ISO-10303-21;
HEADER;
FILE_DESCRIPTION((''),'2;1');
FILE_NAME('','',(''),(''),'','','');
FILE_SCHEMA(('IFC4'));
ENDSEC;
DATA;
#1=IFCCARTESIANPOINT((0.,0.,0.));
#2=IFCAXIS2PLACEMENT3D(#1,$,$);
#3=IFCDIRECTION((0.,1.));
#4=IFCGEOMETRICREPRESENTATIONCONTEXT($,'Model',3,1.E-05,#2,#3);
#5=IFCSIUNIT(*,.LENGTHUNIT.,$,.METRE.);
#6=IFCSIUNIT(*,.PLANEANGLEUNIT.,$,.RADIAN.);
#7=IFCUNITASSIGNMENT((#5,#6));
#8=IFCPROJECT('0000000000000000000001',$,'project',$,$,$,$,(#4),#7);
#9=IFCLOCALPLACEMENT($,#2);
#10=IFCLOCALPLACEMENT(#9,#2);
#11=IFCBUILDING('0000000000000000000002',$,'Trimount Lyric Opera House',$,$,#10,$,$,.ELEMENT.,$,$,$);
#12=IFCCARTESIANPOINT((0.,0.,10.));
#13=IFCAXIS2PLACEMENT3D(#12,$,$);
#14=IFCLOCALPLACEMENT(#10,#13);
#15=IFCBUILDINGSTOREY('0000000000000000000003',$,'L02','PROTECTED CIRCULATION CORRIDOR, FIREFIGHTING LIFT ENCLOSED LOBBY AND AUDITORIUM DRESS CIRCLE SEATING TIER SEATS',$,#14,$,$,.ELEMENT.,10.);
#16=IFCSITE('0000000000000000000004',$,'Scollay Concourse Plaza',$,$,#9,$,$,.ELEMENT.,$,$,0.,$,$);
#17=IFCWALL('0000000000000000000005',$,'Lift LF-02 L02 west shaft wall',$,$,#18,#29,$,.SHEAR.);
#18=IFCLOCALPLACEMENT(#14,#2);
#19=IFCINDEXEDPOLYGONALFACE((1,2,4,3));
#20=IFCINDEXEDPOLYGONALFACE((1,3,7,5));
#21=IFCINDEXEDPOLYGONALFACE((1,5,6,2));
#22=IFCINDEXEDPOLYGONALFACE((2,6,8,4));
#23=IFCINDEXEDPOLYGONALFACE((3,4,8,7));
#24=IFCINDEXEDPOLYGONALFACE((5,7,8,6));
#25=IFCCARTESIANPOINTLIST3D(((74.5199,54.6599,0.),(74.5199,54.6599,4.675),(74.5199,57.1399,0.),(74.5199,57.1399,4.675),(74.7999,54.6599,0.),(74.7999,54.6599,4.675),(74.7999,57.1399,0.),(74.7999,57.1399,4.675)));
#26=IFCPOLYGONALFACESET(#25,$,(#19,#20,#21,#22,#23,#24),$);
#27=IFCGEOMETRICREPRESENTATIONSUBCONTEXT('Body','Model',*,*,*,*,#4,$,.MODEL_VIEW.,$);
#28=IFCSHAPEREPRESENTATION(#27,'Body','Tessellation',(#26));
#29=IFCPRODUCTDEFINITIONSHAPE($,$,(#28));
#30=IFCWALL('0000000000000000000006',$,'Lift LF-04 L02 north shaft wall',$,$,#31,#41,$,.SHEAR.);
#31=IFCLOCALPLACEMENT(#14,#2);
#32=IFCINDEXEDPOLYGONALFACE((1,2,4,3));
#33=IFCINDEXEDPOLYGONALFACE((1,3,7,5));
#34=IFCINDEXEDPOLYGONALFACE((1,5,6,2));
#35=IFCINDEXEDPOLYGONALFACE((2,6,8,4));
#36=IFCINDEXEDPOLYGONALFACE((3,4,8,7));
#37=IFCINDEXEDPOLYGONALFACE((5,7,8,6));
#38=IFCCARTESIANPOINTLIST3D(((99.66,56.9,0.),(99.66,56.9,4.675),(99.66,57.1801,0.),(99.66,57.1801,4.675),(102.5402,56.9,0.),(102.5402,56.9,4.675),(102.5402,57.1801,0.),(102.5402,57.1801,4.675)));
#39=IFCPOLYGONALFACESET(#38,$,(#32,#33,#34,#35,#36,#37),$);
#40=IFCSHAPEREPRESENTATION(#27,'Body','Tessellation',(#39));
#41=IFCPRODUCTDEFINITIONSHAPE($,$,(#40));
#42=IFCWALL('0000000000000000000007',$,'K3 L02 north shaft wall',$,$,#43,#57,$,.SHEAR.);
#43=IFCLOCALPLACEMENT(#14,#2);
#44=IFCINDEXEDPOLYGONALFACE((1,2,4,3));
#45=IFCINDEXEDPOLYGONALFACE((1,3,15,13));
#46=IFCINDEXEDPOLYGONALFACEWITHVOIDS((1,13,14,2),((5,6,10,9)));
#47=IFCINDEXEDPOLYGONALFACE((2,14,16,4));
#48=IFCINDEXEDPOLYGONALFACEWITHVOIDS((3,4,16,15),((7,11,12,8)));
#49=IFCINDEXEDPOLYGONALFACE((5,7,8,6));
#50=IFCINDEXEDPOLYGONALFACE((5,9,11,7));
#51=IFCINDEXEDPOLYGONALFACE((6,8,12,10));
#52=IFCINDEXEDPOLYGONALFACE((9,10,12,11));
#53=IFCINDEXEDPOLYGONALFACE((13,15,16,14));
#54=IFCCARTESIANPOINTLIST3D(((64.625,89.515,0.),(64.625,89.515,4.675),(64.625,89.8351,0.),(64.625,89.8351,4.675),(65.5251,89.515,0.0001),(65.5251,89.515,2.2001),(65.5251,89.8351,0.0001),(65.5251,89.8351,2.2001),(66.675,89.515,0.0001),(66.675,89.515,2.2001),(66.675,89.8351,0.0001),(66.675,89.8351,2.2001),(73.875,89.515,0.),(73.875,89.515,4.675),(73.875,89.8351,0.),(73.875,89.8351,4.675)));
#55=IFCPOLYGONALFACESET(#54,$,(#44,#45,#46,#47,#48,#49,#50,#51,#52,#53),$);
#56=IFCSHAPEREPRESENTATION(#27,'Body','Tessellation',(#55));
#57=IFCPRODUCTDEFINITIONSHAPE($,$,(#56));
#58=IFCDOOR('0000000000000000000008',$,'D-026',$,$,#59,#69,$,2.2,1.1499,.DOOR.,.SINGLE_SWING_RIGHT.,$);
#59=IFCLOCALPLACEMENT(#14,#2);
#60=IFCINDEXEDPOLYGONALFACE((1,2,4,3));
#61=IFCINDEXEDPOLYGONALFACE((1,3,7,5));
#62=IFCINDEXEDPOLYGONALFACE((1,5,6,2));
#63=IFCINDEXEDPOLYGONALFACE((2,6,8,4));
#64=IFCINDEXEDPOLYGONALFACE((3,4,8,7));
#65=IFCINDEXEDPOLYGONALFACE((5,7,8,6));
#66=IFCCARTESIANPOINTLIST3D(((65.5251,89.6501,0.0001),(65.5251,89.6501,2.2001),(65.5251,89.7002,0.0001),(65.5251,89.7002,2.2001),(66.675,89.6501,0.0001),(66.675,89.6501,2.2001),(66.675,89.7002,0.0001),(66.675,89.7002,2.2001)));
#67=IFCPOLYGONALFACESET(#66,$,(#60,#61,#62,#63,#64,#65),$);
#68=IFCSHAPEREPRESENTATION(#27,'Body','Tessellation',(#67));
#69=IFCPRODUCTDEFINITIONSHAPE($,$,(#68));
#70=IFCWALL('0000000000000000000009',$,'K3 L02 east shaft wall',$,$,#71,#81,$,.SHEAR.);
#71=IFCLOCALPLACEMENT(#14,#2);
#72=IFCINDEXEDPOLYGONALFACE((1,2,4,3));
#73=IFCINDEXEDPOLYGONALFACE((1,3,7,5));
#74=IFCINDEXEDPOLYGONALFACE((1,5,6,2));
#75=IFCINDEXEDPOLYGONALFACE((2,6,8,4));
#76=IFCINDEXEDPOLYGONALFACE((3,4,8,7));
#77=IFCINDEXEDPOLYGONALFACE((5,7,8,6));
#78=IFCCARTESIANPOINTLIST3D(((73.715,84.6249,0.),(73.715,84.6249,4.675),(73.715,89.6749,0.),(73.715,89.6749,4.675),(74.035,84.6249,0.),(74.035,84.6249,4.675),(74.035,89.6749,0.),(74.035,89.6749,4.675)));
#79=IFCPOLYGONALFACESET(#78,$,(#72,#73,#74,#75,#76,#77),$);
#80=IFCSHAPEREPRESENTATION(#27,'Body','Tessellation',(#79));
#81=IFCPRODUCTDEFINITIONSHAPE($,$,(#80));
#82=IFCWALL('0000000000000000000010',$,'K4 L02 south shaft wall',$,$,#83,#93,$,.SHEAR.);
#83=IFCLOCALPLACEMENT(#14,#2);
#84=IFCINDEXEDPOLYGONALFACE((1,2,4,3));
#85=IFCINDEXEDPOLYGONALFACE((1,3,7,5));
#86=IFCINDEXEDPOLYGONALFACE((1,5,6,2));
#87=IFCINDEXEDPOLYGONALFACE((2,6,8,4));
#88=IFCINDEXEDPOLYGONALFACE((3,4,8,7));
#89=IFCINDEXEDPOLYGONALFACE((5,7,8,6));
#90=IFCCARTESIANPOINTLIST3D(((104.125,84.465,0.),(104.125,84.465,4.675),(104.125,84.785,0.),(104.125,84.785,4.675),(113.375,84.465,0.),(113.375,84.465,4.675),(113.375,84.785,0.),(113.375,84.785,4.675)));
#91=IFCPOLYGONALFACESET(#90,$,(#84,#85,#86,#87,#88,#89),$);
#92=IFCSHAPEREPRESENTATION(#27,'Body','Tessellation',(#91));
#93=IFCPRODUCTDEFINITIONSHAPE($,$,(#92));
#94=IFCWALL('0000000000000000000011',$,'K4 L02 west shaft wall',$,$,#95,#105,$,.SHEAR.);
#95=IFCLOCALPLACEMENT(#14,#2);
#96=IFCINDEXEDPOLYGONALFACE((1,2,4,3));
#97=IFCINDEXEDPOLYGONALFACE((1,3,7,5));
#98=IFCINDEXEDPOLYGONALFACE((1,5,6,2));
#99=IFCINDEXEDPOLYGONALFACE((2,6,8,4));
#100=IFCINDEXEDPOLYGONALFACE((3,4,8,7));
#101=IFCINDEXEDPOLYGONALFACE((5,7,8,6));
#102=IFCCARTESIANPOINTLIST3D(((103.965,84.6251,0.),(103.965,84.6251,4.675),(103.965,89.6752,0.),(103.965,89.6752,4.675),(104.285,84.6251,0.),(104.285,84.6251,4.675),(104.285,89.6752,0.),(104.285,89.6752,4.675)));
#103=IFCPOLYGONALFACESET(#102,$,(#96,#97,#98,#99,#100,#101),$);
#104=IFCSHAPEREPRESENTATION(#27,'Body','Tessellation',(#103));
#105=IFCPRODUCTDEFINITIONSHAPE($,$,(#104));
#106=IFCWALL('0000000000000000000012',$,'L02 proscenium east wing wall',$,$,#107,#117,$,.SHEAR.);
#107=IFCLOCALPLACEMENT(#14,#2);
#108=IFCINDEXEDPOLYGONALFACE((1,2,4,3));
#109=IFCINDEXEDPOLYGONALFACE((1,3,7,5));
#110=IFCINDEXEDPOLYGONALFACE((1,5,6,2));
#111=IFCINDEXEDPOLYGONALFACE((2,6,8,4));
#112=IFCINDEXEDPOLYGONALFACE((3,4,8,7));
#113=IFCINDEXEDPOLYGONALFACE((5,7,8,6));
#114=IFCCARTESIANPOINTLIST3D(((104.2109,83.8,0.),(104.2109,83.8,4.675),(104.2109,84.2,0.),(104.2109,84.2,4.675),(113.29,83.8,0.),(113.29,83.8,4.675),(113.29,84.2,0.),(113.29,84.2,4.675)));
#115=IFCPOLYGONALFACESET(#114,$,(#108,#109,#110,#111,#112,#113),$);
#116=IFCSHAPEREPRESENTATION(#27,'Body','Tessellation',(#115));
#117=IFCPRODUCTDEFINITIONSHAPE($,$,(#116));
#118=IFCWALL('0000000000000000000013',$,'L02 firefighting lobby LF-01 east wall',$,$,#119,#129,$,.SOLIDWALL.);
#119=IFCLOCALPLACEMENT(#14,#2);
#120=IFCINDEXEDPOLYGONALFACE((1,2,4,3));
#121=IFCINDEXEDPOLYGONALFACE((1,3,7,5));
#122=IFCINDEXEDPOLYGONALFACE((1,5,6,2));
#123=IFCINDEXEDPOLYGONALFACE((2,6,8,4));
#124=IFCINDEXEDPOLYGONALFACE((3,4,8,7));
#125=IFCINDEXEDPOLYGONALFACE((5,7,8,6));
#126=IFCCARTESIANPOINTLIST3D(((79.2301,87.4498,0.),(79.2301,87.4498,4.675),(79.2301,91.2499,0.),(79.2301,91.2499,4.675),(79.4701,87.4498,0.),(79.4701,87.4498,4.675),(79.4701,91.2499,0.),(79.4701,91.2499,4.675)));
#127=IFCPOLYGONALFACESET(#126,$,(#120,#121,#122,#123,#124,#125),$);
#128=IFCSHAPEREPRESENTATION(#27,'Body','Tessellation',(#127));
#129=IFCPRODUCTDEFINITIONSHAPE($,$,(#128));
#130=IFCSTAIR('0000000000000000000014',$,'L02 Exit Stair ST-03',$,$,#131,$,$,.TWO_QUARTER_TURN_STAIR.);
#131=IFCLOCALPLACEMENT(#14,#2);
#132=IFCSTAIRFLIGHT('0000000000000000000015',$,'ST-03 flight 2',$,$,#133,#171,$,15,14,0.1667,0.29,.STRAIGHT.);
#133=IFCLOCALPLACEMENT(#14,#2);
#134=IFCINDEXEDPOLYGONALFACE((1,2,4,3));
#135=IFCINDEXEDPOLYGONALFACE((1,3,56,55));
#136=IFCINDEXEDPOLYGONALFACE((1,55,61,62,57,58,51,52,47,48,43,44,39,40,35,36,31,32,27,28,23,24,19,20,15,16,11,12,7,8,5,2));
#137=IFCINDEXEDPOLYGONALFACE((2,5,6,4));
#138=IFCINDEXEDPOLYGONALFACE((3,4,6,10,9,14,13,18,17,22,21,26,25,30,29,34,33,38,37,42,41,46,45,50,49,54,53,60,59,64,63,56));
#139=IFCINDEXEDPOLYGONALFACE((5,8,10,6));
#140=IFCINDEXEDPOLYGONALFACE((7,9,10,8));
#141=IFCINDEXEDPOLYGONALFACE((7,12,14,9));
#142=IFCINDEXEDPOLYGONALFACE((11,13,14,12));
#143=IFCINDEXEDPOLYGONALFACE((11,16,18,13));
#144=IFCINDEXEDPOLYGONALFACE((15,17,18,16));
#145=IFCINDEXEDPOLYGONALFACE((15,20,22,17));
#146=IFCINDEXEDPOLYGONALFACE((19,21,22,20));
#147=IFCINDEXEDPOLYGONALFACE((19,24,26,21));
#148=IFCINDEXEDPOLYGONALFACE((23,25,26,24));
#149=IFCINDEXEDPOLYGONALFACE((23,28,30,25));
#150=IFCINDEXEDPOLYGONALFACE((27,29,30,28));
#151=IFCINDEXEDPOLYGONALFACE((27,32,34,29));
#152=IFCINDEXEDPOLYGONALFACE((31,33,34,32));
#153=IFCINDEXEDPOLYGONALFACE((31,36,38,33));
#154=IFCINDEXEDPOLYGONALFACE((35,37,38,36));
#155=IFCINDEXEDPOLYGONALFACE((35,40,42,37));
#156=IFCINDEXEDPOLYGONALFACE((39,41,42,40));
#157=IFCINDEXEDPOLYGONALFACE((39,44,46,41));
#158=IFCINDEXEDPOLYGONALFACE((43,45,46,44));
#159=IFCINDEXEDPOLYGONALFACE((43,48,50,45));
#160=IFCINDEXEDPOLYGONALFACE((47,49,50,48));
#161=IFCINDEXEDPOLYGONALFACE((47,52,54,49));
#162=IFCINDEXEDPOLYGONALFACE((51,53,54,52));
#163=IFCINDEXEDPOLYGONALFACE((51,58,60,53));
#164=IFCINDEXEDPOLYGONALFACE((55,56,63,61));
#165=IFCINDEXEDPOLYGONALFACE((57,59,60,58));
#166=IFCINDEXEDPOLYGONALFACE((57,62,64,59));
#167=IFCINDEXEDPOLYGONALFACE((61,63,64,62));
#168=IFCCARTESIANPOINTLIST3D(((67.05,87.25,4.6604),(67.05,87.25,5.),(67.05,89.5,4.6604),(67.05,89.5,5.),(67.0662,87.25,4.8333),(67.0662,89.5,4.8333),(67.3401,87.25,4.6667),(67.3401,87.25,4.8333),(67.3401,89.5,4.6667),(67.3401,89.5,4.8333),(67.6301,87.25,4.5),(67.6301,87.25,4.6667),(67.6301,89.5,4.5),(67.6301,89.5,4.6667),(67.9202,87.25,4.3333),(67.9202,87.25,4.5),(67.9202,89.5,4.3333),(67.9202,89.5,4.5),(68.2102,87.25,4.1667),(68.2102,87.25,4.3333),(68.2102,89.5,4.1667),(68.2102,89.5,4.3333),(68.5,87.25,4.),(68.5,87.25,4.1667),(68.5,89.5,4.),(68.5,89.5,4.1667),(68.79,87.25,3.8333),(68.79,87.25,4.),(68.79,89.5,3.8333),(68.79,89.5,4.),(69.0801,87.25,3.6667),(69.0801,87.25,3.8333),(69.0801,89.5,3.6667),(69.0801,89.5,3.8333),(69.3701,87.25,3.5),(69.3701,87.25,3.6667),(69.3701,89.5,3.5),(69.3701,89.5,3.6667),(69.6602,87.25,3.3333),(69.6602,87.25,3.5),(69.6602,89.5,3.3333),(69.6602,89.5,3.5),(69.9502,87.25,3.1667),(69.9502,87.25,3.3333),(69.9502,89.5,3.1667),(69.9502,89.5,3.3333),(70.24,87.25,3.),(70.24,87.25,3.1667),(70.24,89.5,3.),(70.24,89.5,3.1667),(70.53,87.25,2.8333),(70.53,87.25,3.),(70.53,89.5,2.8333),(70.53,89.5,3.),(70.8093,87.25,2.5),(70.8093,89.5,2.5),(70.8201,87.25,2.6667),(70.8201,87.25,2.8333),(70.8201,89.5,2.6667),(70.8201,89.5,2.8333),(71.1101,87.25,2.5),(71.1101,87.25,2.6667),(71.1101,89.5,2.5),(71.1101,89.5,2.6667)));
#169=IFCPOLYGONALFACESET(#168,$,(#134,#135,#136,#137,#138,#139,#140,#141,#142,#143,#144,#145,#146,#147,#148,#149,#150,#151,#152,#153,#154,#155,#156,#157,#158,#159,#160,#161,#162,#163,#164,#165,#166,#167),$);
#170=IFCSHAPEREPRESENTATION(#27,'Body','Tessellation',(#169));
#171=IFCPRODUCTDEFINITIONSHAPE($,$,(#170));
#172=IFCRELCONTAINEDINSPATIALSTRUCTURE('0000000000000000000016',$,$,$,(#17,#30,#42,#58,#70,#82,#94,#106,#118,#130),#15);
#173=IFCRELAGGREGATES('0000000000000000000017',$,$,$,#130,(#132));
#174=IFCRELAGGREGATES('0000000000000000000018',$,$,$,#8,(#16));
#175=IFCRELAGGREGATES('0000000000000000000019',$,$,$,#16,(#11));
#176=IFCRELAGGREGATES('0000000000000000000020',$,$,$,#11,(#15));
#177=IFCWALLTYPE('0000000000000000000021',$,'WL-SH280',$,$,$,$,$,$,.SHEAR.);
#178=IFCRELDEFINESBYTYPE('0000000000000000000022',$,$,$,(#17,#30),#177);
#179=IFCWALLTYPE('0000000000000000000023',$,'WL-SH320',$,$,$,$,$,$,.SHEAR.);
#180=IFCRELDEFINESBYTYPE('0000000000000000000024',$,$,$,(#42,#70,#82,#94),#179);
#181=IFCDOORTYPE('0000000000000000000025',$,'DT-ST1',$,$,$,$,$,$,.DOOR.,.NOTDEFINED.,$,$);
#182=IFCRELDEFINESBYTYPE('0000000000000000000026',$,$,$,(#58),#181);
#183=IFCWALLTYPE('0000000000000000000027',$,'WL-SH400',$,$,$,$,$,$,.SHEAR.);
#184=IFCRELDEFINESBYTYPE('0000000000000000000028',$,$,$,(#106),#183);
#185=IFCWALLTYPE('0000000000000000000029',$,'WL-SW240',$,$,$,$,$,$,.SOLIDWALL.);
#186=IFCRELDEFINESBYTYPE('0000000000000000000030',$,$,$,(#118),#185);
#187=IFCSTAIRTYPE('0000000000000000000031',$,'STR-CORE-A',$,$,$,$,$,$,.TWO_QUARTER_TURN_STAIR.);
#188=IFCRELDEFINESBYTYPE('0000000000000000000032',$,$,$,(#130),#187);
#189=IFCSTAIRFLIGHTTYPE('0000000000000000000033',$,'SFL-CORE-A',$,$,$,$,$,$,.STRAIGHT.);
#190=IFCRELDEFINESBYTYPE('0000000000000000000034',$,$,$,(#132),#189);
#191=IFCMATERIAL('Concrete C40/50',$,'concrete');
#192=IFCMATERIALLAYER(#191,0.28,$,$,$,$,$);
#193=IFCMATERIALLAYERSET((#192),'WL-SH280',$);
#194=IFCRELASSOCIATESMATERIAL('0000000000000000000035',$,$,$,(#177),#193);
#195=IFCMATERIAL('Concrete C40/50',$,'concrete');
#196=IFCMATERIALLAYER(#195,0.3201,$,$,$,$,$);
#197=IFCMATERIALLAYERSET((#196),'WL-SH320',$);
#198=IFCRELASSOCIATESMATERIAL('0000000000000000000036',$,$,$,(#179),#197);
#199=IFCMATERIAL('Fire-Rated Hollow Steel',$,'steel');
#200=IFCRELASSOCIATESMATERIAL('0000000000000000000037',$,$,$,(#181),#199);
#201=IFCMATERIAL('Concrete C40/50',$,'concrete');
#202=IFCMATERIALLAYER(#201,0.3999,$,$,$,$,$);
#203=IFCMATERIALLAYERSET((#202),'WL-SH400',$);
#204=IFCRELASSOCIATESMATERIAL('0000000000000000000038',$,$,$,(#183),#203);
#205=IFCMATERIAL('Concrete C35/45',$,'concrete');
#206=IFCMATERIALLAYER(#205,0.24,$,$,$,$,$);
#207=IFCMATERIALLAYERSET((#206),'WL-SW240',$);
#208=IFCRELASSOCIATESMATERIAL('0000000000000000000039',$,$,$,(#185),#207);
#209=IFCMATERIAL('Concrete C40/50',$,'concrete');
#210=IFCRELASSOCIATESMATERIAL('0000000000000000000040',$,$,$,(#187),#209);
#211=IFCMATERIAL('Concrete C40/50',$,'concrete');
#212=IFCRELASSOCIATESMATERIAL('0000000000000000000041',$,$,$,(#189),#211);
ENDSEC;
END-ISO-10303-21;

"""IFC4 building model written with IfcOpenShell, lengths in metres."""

from ifc_helpers import new_model, si_unit, direction, frame, frame_2d, origin, place, context, subcontext, project, spatial, polyline, rectangle, outline, extrude, material, layer, layer_set, type_object, element, fill, aggregate, save


model = new_model("IFC4")

# Units and contexts
model_context = context("Model", 3, precision=1e-05, world=origin(), true_north=direction((0.0, 1.0)))
body_context = subcontext(model_context, "Body", "Model", "MODEL_VIEW")
ifc_project = project(units=[si_unit("LENGTHUNIT", "METRE"), si_unit("PLANEANGLEUNIT", "RADIAN")], contexts=[model_context])

# Site, building, storey
site_placement = place(None, origin())
site = spatial("IfcSite", under=ifc_project, at=site_placement, Name="Scollay Concourse Plaza", CompositionType="ELEMENT", RefElevation=0.0)
building_placement = place(site_placement, origin())
building = spatial("IfcBuilding", under=site, at=building_placement, Name="Trimount Lyric Opera House", CompositionType="ELEMENT")
storey_placement = place(building_placement, frame((0.0, 0.0, 10.0)))
storey = spatial("IfcBuildingStorey", under=building, at=storey_placement, Name="L02", Description="PROTECTED CIRCULATION CORRIDOR, FIREFIGHTING LIFT ENCLOSED LOBBY AND AUDITORIUM DRESS CIRCLE SEATING TIER SEATS", CompositionType="ELEMENT", Elevation=10.0)

# Shared definitions
ifc_material_1 = material(Name="Concrete C40/50", Category="concrete")
ifc_layer_1 = layer(ifc_material_1, 0.28)
ifc_layer_set_1 = layer_set([ifc_layer_1], Name="WL-SH280")
wall_type_1 = type_object("IfcWallType", Name="WL-SH280", PredefinedType="SHEAR", material=ifc_layer_set_1)

# Walls
wall_1_placement = place(storey_placement, frame((74.6599, 57.1399, 0.0), z_axis=(0.0, 0.0, 1.0), x_axis=(0.0, -1.0, 0.0)))
element("IfcWall", 1, at=wall_1_placement, inside=storey, type_object=wall_type_1, Name="Lift LF-02 L02 west shaft wall", PredefinedType="SHEAR", context=body_context, shape_type="SweptSolid", body=[
    extrude(rectangle(XDim=2.48, YDim=0.28, at=frame_2d((1.24, 0.0))), origin(), (0.0, 0.0, 1.0), 4.675),
])
wall_2_placement = place(storey_placement, frame((102.54, 57.04, 0.0), z_axis=(0.0, 0.0, 1.0), x_axis=(-1.0, 0.0, 0.0)))
element("IfcWall", 2, at=wall_2_placement, inside=storey, type_object=wall_type_1, Name="Lift LF-04 L02 north shaft wall", PredefinedType="SHEAR", context=body_context, shape_type="SweptSolid", body=[
    extrude(rectangle(XDim=2.8801, YDim=0.28, at=frame_2d((1.4399, 0.0))), origin(), (0.0, 0.0, 1.0), 4.675),
])

# Wall, opening, door
ifc_material_2 = material(Name="Concrete C40/50", Category="concrete")
ifc_layer_2 = layer(ifc_material_2, 0.3201)
ifc_layer_set_2 = layer_set([ifc_layer_2], Name="WL-SH320")
wall_type_2 = type_object("IfcWallType", Name="WL-SH320", PredefinedType="SHEAR", material=ifc_layer_set_2)
wall_3_placement = place(storey_placement, frame((73.875, 89.675, 0.0), z_axis=(0.0, 0.0, 1.0), x_axis=(-1.0, 0.0, 0.0)))
wall_3 = element("IfcWall", 3, at=wall_3_placement, inside=storey, type_object=wall_type_2, Name="K3 L02 north shaft wall", PredefinedType="SHEAR", context=body_context, shape_type="SweptSolid", body=[
    extrude(rectangle(XDim=9.25, YDim=0.3201, at=frame_2d((4.625, 0.0))), origin(), (0.0, 0.0, 1.0), 4.675),
])
opening_1_placement = place(wall_3_placement, frame((7.2, 0.0, 0.0)))
opening_1 = element("IfcOpeningElement", 4, at=opening_1_placement, cuts=wall_3, PredefinedType="OPENING", context=body_context, shape_type="SweptSolid", body=[
    extrude(rectangle(XDim=1.1499, YDim=2.2, at=frame_2d((0.575, 1.1001))), frame((0.0, 0.1699, 0.0), z_axis=(0.0, -1.0, 0.0), x_axis=(1.0, 0.0, 0.0)), (0.0, 0.0, 1.0), 0.3401),
])
ifc_material_3 = material(Name="Fire-Rated Hollow Steel", Category="steel")
door_type_1 = type_object("IfcDoorType", Name="DT-ST1", OperationType="NOTDEFINED", PredefinedType="DOOR", material=ifc_material_3)
door_1_placement = place(opening_1_placement, origin())
door_1 = element("IfcDoor", 5, at=door_1_placement, inside=storey, type_object=door_type_1, Name="D-026", OperationType="SINGLE_SWING_RIGHT", OverallHeight=2.2, OverallWidth=1.1499, PredefinedType="DOOR", context=body_context, shape_type="SweptSolid", body=[
    extrude(rectangle(XDim=1.1499, YDim=2.2, at=frame_2d((0.575, 1.1001))), frame((0.0, 0.0249, 0.0), z_axis=(0.0, -1.0, 0.0), x_axis=(1.0, 0.0, 0.0)), (0.0, 0.0, 1.0), 0.05),
])
fill(opening_1, door_1)

# Walls
wall_4_placement = place(storey_placement, frame((73.875, 84.625, 0.0), z_axis=(0.0, 0.0, 1.0), x_axis=(0.0, 1.0, 0.0)))
element("IfcWall", 6, at=wall_4_placement, inside=storey, type_object=wall_type_2, Name="K3 L02 east shaft wall", PredefinedType="SHEAR", context=body_context, shape_type="SweptSolid", body=[
    extrude(rectangle(XDim=5.05, YDim=0.3201, at=frame_2d((2.5249, 0.0))), origin(), (0.0, 0.0, 1.0), 4.675),
])
wall_5_placement = place(storey_placement, frame((104.125, 84.625, 0.0), z_axis=(0.0, 0.0, 1.0), x_axis=(1.0, 0.0, 0.0)))
element("IfcWall", 7, at=wall_5_placement, inside=storey, type_object=wall_type_2, Name="K4 L02 south shaft wall", PredefinedType="SHEAR", context=body_context, shape_type="SweptSolid", body=[
    extrude(rectangle(XDim=9.25, YDim=0.3201, at=frame_2d((4.625, 0.0))), origin(), (0.0, 0.0, 1.0), 4.675),
])
wall_6_placement = place(storey_placement, frame((104.125, 89.675, 0.0), z_axis=(0.0, 0.0, 1.0), x_axis=(0.0, -1.0, 0.0)))
element("IfcWall", 8, at=wall_6_placement, inside=storey, type_object=wall_type_2, Name="K4 L02 west shaft wall", PredefinedType="SHEAR", context=body_context, shape_type="SweptSolid", body=[
    extrude(rectangle(XDim=5.05, YDim=0.3201, at=frame_2d((2.5249, 0.0))), origin(), (0.0, 0.0, 1.0), 4.675),
])
ifc_material_4 = material(Name="Concrete C40/50", Category="concrete")
ifc_layer_3 = layer(ifc_material_4, 0.3999)
ifc_layer_set_3 = layer_set([ifc_layer_3], Name="WL-SH400")
wall_type_3 = type_object("IfcWallType", Name="WL-SH400", PredefinedType="SHEAR", material=ifc_layer_set_3)
wall_7_placement = place(storey_placement, frame((104.2109, 84.0, 0.0), z_axis=(0.0, 0.0, 1.0), x_axis=(1.0, 0.0, 0.0)))
element("IfcWall", 9, at=wall_7_placement, inside=storey, type_object=wall_type_3, Name="L02 proscenium east wing wall", PredefinedType="SHEAR", context=body_context, shape_type="SweptSolid", body=[
    extrude(rectangle(XDim=9.0791, YDim=0.3999, at=frame_2d((4.5396, 0.0))), origin(), (0.0, 0.0, 1.0), 4.675),
])
ifc_material_5 = material(Name="Concrete C35/45", Category="concrete")
ifc_layer_4 = layer(ifc_material_5, 0.24)
ifc_layer_set_4 = layer_set([ifc_layer_4], Name="WL-SW240")
wall_type_4 = type_object("IfcWallType", Name="WL-SW240", PredefinedType="SOLIDWALL", material=ifc_layer_set_4)
wall_8_placement = place(storey_placement, frame((79.3501, 87.45, 0.0), z_axis=(0.0, 0.0, 1.0), x_axis=(0.0, 1.0, 0.0)))
element("IfcWall", 10, at=wall_8_placement, inside=storey, type_object=wall_type_4, Name="L02 firefighting lobby LF-01 east wall", PredefinedType="SOLIDWALL", context=body_context, shape_type="SweptSolid", body=[
    extrude(rectangle(XDim=3.8, YDim=0.24, at=frame_2d((1.8999, 0.0))), origin(), (0.0, 0.0, 1.0), 4.675),
])

# Stair, stair flight
ifc_material_6 = material(Name="Concrete C40/50", Category="concrete")
stair_type = type_object("IfcStairType", Name="STR-CORE-A", PredefinedType="TWO_QUARTER_TURN_STAIR", material=ifc_material_6)
stair_placement = place(storey_placement, origin())
stair = element("IfcStair", 11, at=stair_placement, inside=storey, type_object=stair_type, Name="L02 Exit Stair ST-03", PredefinedType="TWO_QUARTER_TURN_STAIR")
ifc_material_7 = material(Name="Concrete C40/50", Category="concrete")
stair_flight_type = type_object("IfcStairFlightType", Name="SFL-CORE-A", PredefinedType="STRAIGHT", material=ifc_material_7)
stair_flight_placement = place(storey_placement, frame((71.1101, 88.375, 2.5), z_axis=(0.0, 0.0, 1.0), x_axis=(-1.0, 0.0, 0.0)))
stair_flight = element("IfcStairFlight", 12, at=stair_flight_placement, type_object=stair_flight_type, Name="ST-03 flight 2", NumberOfRisers=15, NumberOfTreads=14, PredefinedType="STRAIGHT", RiserHeight=0.1667, TreadLength=0.29, context=body_context, shape_type="SweptSolid", body=[
    extrude(outline(polyline([(0.0, 0.0), (0.0, 0.1667), (0.29, 0.1667), (0.29, 0.3333), (0.5801, 0.3333), (0.5801, 0.5), (0.8701, 0.5), (0.8701, 0.6667), (1.1599, 0.6667), (1.1599, 0.8333), (1.45, 0.8333), (1.45, 1.0), (1.74, 1.0), (1.74, 1.1667), (2.03, 1.1667), (2.03, 1.3333), (2.3201, 1.3333), (2.3201, 1.5), (2.6101, 1.5), (2.6101, 1.6667), (2.8999, 1.6667), (2.8999, 1.8333), (3.1899, 1.8333), (3.1899, 2.0), (3.48, 2.0), (3.48, 2.1667), (3.77, 2.1667), (3.77, 2.3333), (4.0439, 2.3333), (4.0601, 2.5), (4.0601, 2.1604), (0.3008, 0.0), (0.0, 0.0)])), frame((0.0, 1.125, 0.0), z_axis=(0.0, -1.0, 0.0), x_axis=(1.0, 0.0, 0.0)), (0.0, 0.0, 1.0), 2.25),
])
aggregate(stair, [stair_flight])

save(model, "model.ifc")
